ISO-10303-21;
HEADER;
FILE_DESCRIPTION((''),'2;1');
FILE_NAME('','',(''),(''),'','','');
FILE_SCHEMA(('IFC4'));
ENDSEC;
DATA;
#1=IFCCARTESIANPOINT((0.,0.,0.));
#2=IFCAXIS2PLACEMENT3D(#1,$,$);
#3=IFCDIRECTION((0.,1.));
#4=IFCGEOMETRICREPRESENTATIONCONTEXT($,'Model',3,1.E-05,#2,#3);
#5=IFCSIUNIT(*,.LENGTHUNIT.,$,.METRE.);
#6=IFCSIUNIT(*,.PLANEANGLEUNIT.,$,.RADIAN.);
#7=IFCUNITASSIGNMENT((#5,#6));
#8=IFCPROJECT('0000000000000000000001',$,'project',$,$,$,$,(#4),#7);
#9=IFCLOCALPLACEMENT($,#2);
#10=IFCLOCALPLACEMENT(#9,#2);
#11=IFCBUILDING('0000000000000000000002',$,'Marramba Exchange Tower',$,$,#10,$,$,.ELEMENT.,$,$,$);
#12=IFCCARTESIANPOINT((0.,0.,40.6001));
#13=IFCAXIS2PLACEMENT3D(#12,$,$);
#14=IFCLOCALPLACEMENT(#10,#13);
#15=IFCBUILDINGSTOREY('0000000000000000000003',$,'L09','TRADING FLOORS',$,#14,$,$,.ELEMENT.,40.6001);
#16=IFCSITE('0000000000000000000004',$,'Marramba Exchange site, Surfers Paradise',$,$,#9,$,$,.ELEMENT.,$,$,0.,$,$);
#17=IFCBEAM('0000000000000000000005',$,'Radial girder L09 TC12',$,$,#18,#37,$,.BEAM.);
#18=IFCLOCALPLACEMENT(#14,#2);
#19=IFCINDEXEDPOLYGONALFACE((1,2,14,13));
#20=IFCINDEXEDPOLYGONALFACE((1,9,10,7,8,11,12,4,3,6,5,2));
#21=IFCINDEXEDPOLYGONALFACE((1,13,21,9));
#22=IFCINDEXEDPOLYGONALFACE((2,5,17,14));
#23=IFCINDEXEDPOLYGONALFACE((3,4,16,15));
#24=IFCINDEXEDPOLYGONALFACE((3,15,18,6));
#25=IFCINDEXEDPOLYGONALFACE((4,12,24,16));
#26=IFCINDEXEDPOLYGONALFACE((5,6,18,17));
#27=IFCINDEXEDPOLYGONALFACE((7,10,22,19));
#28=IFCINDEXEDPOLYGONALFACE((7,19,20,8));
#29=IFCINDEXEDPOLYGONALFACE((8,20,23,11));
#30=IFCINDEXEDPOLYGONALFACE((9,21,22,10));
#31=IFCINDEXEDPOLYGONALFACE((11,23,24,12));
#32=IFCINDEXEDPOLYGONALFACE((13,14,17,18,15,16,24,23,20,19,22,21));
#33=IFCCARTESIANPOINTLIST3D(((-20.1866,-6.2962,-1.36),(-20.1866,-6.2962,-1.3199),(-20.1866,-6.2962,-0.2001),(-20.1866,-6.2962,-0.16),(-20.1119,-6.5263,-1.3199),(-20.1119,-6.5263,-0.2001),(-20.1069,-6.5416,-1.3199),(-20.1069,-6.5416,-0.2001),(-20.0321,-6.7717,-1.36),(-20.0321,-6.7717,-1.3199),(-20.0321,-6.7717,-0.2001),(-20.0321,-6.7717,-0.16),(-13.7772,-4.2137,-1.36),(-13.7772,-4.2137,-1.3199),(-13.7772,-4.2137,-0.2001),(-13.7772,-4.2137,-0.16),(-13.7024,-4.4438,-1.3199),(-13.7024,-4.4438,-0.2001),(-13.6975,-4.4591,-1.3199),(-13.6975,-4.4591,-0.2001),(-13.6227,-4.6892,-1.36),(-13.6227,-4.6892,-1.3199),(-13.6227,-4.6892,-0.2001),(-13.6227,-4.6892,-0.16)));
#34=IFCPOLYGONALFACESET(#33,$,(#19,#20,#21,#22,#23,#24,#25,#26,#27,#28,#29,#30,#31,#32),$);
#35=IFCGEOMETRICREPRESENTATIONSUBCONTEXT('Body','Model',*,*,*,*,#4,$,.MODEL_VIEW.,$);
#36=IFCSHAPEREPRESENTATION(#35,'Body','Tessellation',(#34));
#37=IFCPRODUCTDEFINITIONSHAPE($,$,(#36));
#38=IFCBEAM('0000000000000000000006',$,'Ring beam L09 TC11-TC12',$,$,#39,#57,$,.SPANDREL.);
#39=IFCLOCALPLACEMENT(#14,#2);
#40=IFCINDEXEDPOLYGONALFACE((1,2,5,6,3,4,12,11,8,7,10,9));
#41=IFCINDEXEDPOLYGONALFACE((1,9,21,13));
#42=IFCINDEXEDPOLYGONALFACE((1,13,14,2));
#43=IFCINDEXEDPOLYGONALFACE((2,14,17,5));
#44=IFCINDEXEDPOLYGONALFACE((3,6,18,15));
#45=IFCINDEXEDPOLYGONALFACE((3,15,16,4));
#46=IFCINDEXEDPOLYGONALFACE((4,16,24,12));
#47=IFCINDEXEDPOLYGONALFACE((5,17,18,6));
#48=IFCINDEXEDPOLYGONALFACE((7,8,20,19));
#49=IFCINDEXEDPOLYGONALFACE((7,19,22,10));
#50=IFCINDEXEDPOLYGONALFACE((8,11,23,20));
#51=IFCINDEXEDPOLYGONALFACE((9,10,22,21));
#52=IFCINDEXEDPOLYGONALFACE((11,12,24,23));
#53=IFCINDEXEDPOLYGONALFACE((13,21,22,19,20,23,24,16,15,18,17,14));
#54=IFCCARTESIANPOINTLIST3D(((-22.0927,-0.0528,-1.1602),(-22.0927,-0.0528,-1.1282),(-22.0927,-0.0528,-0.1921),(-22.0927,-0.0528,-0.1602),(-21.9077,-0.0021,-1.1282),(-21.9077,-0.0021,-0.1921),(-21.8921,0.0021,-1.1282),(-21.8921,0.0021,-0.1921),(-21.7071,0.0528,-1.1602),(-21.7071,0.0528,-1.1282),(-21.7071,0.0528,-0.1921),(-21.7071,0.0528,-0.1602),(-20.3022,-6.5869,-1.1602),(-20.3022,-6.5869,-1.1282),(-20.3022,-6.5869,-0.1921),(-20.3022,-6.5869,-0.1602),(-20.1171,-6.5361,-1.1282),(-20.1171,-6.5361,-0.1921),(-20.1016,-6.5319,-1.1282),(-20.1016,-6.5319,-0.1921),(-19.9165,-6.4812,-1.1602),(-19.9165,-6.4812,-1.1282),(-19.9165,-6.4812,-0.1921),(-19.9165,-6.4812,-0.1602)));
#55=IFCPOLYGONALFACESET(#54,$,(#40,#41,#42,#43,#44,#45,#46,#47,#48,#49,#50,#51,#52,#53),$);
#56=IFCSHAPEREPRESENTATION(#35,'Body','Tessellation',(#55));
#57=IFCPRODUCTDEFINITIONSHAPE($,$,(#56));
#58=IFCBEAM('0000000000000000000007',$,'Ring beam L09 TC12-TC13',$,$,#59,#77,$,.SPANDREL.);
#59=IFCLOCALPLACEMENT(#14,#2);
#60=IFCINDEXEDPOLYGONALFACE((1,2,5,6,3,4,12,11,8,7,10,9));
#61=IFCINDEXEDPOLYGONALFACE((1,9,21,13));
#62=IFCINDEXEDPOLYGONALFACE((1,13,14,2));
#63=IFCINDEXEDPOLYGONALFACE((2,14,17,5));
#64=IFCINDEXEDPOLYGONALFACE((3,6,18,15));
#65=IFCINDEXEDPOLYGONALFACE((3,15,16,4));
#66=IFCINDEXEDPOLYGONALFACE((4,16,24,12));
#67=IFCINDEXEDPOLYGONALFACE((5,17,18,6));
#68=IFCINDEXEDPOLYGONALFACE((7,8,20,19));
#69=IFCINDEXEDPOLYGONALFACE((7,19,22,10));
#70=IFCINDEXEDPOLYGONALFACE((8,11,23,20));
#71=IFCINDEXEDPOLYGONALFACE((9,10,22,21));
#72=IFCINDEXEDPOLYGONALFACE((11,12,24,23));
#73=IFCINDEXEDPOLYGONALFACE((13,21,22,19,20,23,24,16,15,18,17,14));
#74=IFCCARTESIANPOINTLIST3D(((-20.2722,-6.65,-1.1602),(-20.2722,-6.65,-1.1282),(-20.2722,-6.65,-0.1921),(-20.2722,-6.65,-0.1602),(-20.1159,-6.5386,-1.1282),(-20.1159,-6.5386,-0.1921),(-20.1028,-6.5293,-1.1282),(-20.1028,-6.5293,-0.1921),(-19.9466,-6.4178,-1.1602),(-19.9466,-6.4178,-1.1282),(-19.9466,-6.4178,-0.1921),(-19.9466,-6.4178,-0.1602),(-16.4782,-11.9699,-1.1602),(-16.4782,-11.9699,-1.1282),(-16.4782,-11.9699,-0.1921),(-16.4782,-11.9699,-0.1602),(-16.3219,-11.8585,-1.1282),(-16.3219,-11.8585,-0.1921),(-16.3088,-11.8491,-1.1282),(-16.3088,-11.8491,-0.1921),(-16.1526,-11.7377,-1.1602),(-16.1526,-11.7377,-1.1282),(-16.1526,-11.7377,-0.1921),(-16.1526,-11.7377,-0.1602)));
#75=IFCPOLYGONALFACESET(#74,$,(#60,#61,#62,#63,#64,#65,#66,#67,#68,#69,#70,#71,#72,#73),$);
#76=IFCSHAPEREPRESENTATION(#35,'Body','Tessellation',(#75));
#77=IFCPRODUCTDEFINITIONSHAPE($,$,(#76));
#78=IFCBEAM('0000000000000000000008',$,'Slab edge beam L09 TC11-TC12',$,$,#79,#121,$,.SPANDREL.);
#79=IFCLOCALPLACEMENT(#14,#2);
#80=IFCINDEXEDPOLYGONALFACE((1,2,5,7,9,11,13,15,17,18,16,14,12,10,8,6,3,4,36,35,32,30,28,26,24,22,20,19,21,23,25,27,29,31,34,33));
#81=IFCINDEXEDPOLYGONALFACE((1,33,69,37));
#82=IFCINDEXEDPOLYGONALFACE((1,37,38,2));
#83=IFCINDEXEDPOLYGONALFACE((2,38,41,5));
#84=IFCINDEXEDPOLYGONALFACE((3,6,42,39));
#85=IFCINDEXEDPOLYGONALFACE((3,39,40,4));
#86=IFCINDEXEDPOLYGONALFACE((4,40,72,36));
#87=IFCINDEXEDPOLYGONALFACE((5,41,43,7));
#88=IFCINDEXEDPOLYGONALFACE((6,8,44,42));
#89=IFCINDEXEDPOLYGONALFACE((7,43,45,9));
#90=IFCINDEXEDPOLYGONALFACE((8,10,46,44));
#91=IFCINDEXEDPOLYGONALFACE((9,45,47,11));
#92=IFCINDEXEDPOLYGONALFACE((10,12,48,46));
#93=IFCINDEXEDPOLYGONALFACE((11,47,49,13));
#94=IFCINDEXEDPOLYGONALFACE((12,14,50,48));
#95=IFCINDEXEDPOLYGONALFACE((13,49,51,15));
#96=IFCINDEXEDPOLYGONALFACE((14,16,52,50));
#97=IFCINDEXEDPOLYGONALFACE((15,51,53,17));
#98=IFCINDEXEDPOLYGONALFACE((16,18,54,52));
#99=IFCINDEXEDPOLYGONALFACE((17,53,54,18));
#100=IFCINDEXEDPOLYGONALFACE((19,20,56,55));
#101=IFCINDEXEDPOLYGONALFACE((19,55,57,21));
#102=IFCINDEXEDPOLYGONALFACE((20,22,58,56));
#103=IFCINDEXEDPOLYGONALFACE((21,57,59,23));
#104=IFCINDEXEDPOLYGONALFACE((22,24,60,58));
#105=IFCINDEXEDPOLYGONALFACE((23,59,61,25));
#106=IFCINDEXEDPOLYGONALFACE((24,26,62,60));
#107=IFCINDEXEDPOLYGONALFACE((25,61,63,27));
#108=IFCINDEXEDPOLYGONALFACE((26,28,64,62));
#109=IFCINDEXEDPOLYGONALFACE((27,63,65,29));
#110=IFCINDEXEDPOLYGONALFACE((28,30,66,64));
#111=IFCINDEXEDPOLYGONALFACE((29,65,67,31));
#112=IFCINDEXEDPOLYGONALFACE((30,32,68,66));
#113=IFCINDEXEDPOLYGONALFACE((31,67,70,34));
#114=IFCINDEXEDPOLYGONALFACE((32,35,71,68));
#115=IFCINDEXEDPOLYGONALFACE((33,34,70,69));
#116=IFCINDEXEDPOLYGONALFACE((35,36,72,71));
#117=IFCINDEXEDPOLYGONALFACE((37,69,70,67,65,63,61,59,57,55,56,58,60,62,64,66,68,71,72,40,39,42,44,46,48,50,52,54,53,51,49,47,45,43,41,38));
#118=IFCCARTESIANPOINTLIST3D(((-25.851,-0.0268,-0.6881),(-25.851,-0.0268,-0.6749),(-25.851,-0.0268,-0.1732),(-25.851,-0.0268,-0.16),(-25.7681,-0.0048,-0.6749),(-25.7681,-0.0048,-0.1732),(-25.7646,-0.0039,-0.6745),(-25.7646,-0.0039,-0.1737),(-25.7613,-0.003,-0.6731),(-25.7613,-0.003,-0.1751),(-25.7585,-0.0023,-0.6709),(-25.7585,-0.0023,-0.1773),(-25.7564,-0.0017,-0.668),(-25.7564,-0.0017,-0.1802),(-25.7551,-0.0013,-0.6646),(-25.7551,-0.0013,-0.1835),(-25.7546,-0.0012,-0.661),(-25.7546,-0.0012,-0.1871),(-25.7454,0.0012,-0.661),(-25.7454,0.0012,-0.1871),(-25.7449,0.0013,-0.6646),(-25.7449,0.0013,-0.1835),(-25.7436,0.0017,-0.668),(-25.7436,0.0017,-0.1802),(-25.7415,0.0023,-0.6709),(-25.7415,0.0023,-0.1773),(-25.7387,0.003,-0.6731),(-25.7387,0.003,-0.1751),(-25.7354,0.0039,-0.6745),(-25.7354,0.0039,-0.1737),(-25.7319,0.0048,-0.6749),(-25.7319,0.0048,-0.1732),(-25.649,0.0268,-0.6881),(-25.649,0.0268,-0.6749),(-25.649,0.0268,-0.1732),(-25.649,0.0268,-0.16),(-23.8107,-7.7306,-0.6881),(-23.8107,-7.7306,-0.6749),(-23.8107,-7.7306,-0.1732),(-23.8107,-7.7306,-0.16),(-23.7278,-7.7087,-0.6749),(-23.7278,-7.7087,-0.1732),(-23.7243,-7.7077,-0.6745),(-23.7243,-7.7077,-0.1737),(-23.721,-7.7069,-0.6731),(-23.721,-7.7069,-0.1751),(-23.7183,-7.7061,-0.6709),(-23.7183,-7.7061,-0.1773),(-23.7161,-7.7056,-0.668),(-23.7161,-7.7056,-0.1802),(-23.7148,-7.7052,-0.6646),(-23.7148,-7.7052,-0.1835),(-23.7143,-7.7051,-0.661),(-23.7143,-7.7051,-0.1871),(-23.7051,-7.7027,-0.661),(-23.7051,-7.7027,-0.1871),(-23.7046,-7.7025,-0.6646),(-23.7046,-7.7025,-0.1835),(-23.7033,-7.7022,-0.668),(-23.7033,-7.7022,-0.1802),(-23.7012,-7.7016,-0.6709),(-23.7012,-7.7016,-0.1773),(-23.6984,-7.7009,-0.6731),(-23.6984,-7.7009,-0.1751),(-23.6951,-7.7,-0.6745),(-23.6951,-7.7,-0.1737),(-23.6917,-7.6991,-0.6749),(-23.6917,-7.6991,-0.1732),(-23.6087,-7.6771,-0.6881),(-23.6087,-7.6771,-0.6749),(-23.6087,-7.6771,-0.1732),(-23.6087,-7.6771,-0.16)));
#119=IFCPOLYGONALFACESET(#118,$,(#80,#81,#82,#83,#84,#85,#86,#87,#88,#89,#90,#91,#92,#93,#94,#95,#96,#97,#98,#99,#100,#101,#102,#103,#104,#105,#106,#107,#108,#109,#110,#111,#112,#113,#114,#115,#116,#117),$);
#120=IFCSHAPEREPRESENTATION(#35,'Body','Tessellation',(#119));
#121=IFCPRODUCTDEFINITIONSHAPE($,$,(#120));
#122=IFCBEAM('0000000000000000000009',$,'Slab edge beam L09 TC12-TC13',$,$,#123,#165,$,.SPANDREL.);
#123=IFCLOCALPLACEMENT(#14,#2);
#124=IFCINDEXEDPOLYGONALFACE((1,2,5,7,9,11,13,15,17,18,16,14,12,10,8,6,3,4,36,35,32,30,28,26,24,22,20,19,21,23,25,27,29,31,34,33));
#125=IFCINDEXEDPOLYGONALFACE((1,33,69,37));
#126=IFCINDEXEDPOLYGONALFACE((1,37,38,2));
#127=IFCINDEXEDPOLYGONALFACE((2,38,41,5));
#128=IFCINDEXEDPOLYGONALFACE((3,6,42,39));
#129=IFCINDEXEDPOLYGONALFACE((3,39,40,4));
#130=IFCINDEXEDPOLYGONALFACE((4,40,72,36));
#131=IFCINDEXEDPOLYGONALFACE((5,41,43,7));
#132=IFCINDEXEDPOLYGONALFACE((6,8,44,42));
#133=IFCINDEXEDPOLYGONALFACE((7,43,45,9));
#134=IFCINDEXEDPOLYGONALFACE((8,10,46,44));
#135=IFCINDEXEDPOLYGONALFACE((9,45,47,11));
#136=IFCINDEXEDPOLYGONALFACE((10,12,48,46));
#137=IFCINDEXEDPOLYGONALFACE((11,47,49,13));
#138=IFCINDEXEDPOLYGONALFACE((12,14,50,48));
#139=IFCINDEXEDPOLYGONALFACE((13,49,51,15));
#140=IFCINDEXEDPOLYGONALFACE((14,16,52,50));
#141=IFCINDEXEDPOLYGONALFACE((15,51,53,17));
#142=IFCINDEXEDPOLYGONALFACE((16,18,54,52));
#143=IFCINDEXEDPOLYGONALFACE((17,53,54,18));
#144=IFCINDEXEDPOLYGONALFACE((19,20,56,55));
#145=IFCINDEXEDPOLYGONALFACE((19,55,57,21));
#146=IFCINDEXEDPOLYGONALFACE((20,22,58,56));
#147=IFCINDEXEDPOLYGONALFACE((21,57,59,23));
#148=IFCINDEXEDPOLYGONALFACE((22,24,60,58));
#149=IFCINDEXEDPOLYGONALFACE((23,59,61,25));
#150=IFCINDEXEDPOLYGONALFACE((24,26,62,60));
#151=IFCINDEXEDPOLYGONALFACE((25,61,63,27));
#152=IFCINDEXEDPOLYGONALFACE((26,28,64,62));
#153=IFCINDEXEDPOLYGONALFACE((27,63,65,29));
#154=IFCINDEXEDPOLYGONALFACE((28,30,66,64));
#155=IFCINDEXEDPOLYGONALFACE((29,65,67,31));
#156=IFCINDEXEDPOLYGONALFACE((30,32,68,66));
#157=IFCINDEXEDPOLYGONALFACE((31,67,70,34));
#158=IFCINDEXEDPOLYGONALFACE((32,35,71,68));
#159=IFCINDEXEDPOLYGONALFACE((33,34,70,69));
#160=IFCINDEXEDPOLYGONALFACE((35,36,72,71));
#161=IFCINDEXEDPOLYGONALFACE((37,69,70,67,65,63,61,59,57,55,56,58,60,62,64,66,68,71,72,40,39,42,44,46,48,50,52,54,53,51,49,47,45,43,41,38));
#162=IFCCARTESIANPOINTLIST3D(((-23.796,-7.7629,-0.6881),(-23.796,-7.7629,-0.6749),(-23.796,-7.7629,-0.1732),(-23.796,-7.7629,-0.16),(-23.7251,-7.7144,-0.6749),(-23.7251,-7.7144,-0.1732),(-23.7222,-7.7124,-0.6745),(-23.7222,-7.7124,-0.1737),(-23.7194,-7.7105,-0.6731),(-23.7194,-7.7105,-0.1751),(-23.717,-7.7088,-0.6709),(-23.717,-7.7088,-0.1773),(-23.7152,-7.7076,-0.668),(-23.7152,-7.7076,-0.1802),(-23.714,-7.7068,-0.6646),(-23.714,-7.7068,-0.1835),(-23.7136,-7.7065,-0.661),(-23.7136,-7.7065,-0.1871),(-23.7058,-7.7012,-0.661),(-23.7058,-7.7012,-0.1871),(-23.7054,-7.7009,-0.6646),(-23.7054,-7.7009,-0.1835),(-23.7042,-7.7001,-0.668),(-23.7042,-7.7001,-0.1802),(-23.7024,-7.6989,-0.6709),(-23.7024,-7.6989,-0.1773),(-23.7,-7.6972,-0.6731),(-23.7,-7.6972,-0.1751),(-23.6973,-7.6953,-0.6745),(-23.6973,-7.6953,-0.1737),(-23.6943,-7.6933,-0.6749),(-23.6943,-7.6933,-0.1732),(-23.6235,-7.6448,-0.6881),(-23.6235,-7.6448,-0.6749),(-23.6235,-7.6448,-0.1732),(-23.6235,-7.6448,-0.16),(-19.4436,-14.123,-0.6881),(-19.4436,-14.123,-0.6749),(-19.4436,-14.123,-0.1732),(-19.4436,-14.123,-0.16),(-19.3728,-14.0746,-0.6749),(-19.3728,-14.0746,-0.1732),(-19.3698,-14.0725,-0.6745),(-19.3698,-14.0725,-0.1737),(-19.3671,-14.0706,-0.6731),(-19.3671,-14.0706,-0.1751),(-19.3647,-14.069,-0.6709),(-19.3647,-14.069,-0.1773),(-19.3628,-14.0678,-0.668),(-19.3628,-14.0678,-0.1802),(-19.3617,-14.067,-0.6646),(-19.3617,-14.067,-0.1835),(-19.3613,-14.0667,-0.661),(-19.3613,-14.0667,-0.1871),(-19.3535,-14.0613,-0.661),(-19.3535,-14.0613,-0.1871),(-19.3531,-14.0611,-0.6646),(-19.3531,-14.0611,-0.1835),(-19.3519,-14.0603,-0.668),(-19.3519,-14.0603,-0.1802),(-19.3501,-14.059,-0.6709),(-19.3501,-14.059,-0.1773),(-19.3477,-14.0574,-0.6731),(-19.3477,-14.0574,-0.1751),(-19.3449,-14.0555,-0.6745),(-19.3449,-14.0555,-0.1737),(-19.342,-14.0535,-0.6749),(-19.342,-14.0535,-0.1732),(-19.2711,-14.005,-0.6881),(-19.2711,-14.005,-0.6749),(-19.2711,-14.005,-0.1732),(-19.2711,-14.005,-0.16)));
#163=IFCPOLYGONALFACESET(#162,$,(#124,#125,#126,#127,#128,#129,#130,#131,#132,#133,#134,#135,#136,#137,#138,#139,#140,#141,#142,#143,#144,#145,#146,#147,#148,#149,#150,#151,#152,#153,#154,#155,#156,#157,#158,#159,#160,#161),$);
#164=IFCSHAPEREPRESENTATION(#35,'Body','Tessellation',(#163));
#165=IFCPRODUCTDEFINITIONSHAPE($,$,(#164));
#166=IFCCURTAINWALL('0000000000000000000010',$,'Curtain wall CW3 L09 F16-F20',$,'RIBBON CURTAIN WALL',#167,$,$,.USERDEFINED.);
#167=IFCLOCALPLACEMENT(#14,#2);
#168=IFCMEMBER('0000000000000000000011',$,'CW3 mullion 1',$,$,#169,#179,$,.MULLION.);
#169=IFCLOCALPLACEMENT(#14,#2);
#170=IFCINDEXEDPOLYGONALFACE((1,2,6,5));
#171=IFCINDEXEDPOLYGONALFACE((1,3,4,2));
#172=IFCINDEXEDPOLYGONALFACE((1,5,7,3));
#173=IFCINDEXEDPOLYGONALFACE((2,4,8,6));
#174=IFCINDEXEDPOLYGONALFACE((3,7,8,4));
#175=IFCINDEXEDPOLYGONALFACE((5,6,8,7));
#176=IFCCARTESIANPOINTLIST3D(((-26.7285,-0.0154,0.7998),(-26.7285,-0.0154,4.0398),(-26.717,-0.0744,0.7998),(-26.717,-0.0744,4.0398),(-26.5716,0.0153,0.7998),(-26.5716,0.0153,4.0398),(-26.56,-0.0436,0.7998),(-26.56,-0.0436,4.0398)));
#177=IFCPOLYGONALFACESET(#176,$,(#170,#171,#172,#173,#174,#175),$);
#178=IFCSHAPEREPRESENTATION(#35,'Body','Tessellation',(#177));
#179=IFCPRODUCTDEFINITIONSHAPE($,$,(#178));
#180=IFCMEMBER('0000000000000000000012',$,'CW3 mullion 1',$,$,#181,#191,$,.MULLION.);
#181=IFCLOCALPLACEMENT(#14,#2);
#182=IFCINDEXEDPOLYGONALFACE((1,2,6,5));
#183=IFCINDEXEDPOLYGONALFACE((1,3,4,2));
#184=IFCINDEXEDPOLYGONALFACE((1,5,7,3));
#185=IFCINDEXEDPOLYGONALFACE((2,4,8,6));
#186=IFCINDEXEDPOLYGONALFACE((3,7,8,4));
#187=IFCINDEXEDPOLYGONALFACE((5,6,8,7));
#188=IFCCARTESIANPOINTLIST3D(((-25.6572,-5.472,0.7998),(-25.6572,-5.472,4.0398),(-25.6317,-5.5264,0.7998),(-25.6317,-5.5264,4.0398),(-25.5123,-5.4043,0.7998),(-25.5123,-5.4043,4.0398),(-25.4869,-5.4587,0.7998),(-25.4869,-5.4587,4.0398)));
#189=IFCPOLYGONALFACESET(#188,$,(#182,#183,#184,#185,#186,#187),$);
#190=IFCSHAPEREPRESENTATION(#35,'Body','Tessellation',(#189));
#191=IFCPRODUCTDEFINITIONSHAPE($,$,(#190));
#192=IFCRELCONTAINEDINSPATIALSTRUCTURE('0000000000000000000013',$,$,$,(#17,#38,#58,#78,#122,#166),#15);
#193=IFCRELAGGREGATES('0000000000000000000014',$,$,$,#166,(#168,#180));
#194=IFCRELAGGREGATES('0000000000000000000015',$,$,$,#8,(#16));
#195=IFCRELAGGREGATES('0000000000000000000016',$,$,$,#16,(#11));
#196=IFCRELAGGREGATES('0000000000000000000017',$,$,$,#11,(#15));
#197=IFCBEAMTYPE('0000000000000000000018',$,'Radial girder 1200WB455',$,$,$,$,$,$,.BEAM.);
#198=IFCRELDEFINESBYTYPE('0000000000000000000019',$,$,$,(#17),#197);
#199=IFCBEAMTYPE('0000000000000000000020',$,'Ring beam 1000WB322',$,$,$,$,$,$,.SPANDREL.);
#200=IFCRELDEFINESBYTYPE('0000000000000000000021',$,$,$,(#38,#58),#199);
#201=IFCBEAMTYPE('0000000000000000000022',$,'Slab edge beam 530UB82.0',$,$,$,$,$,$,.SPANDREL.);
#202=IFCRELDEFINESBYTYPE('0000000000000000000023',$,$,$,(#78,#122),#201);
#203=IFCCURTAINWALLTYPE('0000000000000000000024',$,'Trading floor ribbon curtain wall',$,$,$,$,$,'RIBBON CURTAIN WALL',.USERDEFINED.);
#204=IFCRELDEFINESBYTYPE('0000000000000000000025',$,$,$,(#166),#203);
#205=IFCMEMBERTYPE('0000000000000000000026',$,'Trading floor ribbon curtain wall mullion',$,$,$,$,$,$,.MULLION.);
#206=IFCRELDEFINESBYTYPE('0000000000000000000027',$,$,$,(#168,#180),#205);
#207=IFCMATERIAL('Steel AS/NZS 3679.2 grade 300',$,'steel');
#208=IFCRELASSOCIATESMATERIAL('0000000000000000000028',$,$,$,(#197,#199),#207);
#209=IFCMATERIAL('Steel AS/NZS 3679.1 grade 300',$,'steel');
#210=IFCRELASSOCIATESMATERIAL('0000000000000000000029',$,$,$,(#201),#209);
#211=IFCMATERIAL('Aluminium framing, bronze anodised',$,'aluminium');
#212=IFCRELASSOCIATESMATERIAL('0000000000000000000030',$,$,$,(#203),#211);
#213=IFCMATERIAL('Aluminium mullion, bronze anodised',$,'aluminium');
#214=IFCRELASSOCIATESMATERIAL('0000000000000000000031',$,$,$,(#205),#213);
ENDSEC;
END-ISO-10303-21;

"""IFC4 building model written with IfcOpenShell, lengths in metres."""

from ifc_helpers import new_model, si_unit, direction, frame, origin, origin_2d, place, context, subcontext, project, spatial, rectangle, i_section, extrude, material, material_profile, profile_set, type_object, element, aggregate, save


model = new_model("IFC4")

# Units and contexts
model_context = context("Model", 3, precision=1e-05, world=origin(), true_north=direction((0.0, 1.0)))
body_context = subcontext(model_context, "Body", "Model", "MODEL_VIEW")
ifc_project = project(units=[si_unit("LENGTHUNIT", "METRE"), si_unit("PLANEANGLEUNIT", "RADIAN")], contexts=[model_context])

# Site, building, storey
site_placement = place(None, origin())
site = spatial("IfcSite", under=ifc_project, at=site_placement, Name="Marramba Exchange site, Surfers Paradise", CompositionType="ELEMENT", RefElevation=0.0)
building_placement = place(site_placement, origin())
building = spatial("IfcBuilding", under=site, at=building_placement, Name="Marramba Exchange Tower", CompositionType="ELEMENT")
storey_placement = place(building_placement, frame((0.0, 0.0, 40.6001)))
storey = spatial("IfcBuildingStorey", under=building, at=storey_placement, Name="L09", Description="TRADING FLOORS", CompositionType="ELEMENT", Elevation=40.6001)

# Beams
ifc_material_1 = material(Name="Steel AS/NZS 3679.2 grade 300", Category="steel")
ifc_material_2 = material(Name="Steel AS/NZS 3679.1 grade 300", Category="steel")
ifc_material_profile_1 = material_profile(ifc_material_1, i_section(OverallWidth=0.5, OverallDepth=1.2, WebThickness=0.0161, FlangeThickness=0.04, at=origin_2d()), Name="1200WB455")
ifc_profile_set_1 = profile_set([ifc_material_profile_1], Name="Steel AS/NZS 3679.2 grade 300")
beam_type_1 = type_object("IfcBeamType", Name="Radial girder 1200WB455", PredefinedType="BEAM", material=ifc_profile_set_1)
beam_1_placement = place(storey_placement, frame((-13.7, -4.4514, -0.76), z_axis=(-0.951058, -0.309013, 0.0), x_axis=(0.309013, -0.951058, 0.0)))
element("IfcBeam", 1, at=beam_1_placement, inside=storey, type_object=beam_type_1, Name="Radial girder L09 TC12", PredefinedType="BEAM", context=body_context, shape_type="SweptSolid", body=[
    extrude(i_section(OverallWidth=0.5, OverallDepth=1.2, WebThickness=0.0161, FlangeThickness=0.04, at=origin_2d()), origin(), (0.0, 0.0, 1.0), 6.7393),
])
ifc_material_profile_2 = material_profile(ifc_material_1, i_section(OverallWidth=0.3999, OverallDepth=1.0, WebThickness=0.0161, FlangeThickness=0.032, at=origin_2d()), Name="1000WB322")
ifc_profile_set_2 = profile_set([ifc_material_profile_2], Name="Steel AS/NZS 3679.2 grade 300")
beam_type_2 = type_object("IfcBeamType", Name="Ring beam 1000WB322", PredefinedType="SPANDREL", material=ifc_profile_set_2)
beam_2_placement = place(storey_placement, frame((-21.8999, 0.0, -0.6602), z_axis=(0.264291, -0.964443, 0.0), x_axis=(0.964443, 0.264291, 0.0)))
element("IfcBeam", 2, at=beam_2_placement, inside=storey, type_object=beam_type_2, Name="Ring beam L09 TC11-TC12", PredefinedType="SPANDREL", context=body_context, shape_type="SweptSolid", body=[
    extrude(i_section(OverallWidth=0.3999, OverallDepth=1.0, WebThickness=0.0161, FlangeThickness=0.032, at=origin_2d()), origin(), (0.0, 0.0, 1.0), 6.7749),
])
beam_3_placement = place(storey_placement, frame((-20.1094, -6.5339, -0.6602), z_axis=(0.580637, -0.814162, 0.0), x_axis=(0.814162, 0.580637, 0.0)))
element("IfcBeam", 3, at=beam_3_placement, inside=storey, type_object=beam_type_2, Name="Ring beam L09 TC12-TC13", PredefinedType="SPANDREL", context=body_context, shape_type="SweptSolid", body=[
    extrude(i_section(OverallWidth=0.3999, OverallDepth=1.0, WebThickness=0.0161, FlangeThickness=0.032, at=origin_2d()), origin(), (0.0, 0.0, 1.0), 6.5342),
])
ifc_material_profile_3 = material_profile(ifc_material_2, i_section(OverallWidth=0.209, OverallDepth=0.5281, WebThickness=0.0095, FlangeThickness=0.0132, FilletRadius=0.0139, at=origin_2d()), Name="530UB82.0")
ifc_profile_set_3 = profile_set([ifc_material_profile_3], Name="Steel AS/NZS 3679.1 grade 300")
beam_type_3 = type_object("IfcBeamType", Name="Slab edge beam 530UB82.0", PredefinedType="SPANDREL", material=ifc_profile_set_3)
beam_4_placement = place(storey_placement, frame((-25.75, 0.0, -0.4241), z_axis=(0.256013, -0.966673, 0.0), x_axis=(0.966673, 0.256013, 0.0)))
element("IfcBeam", 4, at=beam_4_placement, inside=storey, type_object=beam_type_3, Name="Slab edge beam L09 TC11-TC12", PredefinedType="SPANDREL", context=body_context, shape_type="SweptSolid", body=[
    extrude(i_section(OverallWidth=0.209, OverallDepth=0.5281, WebThickness=0.0095, FlangeThickness=0.0132, FilletRadius=0.0139, at=origin_2d()), origin(), (0.0, 0.0, 1.0), 7.9695),
])
beam_5_placement = place(storey_placement, frame((-23.7097, -7.7039, -0.4241), z_axis=(0.564741, -0.825268, 0.0), x_axis=(0.825268, 0.564741, 0.0)))
element("IfcBeam", 5, at=beam_5_placement, inside=storey, type_object=beam_type_3, Name="Slab edge beam L09 TC12-TC13", PredefinedType="SPANDREL", context=body_context, shape_type="SweptSolid", body=[
    extrude(i_section(OverallWidth=0.209, OverallDepth=0.5281, WebThickness=0.0095, FlangeThickness=0.0132, FilletRadius=0.0139, at=origin_2d()), origin(), (0.0, 0.0, 1.0), 7.7068),
])

# Curtain wall, members
ifc_material_3 = material(Name="Aluminium framing, bronze anodised", Category="aluminium")
curtain_wall_type = type_object("IfcCurtainWallType", Name="Trading floor ribbon curtain wall", ElementType="RIBBON CURTAIN WALL", PredefinedType="USERDEFINED", material=ifc_material_3)
curtain_wall_placement = place(storey_placement, origin())
curtain_wall = element("IfcCurtainWall", 6, at=curtain_wall_placement, inside=storey, type_object=curtain_wall_type, Name="Curtain wall CW3 L09 F16-F20", ObjectType="RIBBON CURTAIN WALL", PredefinedType="USERDEFINED")
ifc_material_4 = material(Name="Aluminium mullion, bronze anodised", Category="aluminium")
ifc_material_profile_4 = material_profile(ifc_material_4, rectangle(XDim=0.1599, YDim=0.0601, at=origin_2d()), Name="CW3 mullion 60x160")
ifc_profile_set_4 = profile_set([ifc_material_profile_4], Name="Aluminium mullion, bronze anodised")
member_type_1 = type_object("IfcMemberType", Name="Trading floor ribbon curtain wall mullion", PredefinedType="MULLION", material=ifc_profile_set_4)
member_1_placement = place(storey_placement, frame((-26.6443, -0.0295, 0.7998), z_axis=(0.0, 0.0, 1.0), x_axis=(0.981346, 0.192249, 0.0)))
member_1 = element("IfcMember", 7, at=member_1_placement, type_object=member_type_1, Name="CW3 mullion 1", PredefinedType="MULLION", context=body_context, shape_type="SweptSolid", body=[
    extrude(rectangle(XDim=0.1599, YDim=0.0601, at=origin_2d()), origin(), (0.0, 0.0, 1.0), 3.24),
])
member_2_placement = place(storey_placement, frame((-25.572, -5.4653, 0.7998), z_axis=(0.0, 0.0, 1.0), x_axis=(0.905907, 0.423477, 0.0)))
member_2 = element("IfcMember", 8, at=member_2_placement, type_object=member_type_1, Name="CW3 mullion 1", PredefinedType="MULLION", context=body_context, shape_type="SweptSolid", body=[
    extrude(rectangle(XDim=0.1599, YDim=0.0601, at=origin_2d()), origin(), (0.0, 0.0, 1.0), 3.24),
])
aggregate(curtain_wall, [member_1, member_2])

save(model, "model.ifc")
